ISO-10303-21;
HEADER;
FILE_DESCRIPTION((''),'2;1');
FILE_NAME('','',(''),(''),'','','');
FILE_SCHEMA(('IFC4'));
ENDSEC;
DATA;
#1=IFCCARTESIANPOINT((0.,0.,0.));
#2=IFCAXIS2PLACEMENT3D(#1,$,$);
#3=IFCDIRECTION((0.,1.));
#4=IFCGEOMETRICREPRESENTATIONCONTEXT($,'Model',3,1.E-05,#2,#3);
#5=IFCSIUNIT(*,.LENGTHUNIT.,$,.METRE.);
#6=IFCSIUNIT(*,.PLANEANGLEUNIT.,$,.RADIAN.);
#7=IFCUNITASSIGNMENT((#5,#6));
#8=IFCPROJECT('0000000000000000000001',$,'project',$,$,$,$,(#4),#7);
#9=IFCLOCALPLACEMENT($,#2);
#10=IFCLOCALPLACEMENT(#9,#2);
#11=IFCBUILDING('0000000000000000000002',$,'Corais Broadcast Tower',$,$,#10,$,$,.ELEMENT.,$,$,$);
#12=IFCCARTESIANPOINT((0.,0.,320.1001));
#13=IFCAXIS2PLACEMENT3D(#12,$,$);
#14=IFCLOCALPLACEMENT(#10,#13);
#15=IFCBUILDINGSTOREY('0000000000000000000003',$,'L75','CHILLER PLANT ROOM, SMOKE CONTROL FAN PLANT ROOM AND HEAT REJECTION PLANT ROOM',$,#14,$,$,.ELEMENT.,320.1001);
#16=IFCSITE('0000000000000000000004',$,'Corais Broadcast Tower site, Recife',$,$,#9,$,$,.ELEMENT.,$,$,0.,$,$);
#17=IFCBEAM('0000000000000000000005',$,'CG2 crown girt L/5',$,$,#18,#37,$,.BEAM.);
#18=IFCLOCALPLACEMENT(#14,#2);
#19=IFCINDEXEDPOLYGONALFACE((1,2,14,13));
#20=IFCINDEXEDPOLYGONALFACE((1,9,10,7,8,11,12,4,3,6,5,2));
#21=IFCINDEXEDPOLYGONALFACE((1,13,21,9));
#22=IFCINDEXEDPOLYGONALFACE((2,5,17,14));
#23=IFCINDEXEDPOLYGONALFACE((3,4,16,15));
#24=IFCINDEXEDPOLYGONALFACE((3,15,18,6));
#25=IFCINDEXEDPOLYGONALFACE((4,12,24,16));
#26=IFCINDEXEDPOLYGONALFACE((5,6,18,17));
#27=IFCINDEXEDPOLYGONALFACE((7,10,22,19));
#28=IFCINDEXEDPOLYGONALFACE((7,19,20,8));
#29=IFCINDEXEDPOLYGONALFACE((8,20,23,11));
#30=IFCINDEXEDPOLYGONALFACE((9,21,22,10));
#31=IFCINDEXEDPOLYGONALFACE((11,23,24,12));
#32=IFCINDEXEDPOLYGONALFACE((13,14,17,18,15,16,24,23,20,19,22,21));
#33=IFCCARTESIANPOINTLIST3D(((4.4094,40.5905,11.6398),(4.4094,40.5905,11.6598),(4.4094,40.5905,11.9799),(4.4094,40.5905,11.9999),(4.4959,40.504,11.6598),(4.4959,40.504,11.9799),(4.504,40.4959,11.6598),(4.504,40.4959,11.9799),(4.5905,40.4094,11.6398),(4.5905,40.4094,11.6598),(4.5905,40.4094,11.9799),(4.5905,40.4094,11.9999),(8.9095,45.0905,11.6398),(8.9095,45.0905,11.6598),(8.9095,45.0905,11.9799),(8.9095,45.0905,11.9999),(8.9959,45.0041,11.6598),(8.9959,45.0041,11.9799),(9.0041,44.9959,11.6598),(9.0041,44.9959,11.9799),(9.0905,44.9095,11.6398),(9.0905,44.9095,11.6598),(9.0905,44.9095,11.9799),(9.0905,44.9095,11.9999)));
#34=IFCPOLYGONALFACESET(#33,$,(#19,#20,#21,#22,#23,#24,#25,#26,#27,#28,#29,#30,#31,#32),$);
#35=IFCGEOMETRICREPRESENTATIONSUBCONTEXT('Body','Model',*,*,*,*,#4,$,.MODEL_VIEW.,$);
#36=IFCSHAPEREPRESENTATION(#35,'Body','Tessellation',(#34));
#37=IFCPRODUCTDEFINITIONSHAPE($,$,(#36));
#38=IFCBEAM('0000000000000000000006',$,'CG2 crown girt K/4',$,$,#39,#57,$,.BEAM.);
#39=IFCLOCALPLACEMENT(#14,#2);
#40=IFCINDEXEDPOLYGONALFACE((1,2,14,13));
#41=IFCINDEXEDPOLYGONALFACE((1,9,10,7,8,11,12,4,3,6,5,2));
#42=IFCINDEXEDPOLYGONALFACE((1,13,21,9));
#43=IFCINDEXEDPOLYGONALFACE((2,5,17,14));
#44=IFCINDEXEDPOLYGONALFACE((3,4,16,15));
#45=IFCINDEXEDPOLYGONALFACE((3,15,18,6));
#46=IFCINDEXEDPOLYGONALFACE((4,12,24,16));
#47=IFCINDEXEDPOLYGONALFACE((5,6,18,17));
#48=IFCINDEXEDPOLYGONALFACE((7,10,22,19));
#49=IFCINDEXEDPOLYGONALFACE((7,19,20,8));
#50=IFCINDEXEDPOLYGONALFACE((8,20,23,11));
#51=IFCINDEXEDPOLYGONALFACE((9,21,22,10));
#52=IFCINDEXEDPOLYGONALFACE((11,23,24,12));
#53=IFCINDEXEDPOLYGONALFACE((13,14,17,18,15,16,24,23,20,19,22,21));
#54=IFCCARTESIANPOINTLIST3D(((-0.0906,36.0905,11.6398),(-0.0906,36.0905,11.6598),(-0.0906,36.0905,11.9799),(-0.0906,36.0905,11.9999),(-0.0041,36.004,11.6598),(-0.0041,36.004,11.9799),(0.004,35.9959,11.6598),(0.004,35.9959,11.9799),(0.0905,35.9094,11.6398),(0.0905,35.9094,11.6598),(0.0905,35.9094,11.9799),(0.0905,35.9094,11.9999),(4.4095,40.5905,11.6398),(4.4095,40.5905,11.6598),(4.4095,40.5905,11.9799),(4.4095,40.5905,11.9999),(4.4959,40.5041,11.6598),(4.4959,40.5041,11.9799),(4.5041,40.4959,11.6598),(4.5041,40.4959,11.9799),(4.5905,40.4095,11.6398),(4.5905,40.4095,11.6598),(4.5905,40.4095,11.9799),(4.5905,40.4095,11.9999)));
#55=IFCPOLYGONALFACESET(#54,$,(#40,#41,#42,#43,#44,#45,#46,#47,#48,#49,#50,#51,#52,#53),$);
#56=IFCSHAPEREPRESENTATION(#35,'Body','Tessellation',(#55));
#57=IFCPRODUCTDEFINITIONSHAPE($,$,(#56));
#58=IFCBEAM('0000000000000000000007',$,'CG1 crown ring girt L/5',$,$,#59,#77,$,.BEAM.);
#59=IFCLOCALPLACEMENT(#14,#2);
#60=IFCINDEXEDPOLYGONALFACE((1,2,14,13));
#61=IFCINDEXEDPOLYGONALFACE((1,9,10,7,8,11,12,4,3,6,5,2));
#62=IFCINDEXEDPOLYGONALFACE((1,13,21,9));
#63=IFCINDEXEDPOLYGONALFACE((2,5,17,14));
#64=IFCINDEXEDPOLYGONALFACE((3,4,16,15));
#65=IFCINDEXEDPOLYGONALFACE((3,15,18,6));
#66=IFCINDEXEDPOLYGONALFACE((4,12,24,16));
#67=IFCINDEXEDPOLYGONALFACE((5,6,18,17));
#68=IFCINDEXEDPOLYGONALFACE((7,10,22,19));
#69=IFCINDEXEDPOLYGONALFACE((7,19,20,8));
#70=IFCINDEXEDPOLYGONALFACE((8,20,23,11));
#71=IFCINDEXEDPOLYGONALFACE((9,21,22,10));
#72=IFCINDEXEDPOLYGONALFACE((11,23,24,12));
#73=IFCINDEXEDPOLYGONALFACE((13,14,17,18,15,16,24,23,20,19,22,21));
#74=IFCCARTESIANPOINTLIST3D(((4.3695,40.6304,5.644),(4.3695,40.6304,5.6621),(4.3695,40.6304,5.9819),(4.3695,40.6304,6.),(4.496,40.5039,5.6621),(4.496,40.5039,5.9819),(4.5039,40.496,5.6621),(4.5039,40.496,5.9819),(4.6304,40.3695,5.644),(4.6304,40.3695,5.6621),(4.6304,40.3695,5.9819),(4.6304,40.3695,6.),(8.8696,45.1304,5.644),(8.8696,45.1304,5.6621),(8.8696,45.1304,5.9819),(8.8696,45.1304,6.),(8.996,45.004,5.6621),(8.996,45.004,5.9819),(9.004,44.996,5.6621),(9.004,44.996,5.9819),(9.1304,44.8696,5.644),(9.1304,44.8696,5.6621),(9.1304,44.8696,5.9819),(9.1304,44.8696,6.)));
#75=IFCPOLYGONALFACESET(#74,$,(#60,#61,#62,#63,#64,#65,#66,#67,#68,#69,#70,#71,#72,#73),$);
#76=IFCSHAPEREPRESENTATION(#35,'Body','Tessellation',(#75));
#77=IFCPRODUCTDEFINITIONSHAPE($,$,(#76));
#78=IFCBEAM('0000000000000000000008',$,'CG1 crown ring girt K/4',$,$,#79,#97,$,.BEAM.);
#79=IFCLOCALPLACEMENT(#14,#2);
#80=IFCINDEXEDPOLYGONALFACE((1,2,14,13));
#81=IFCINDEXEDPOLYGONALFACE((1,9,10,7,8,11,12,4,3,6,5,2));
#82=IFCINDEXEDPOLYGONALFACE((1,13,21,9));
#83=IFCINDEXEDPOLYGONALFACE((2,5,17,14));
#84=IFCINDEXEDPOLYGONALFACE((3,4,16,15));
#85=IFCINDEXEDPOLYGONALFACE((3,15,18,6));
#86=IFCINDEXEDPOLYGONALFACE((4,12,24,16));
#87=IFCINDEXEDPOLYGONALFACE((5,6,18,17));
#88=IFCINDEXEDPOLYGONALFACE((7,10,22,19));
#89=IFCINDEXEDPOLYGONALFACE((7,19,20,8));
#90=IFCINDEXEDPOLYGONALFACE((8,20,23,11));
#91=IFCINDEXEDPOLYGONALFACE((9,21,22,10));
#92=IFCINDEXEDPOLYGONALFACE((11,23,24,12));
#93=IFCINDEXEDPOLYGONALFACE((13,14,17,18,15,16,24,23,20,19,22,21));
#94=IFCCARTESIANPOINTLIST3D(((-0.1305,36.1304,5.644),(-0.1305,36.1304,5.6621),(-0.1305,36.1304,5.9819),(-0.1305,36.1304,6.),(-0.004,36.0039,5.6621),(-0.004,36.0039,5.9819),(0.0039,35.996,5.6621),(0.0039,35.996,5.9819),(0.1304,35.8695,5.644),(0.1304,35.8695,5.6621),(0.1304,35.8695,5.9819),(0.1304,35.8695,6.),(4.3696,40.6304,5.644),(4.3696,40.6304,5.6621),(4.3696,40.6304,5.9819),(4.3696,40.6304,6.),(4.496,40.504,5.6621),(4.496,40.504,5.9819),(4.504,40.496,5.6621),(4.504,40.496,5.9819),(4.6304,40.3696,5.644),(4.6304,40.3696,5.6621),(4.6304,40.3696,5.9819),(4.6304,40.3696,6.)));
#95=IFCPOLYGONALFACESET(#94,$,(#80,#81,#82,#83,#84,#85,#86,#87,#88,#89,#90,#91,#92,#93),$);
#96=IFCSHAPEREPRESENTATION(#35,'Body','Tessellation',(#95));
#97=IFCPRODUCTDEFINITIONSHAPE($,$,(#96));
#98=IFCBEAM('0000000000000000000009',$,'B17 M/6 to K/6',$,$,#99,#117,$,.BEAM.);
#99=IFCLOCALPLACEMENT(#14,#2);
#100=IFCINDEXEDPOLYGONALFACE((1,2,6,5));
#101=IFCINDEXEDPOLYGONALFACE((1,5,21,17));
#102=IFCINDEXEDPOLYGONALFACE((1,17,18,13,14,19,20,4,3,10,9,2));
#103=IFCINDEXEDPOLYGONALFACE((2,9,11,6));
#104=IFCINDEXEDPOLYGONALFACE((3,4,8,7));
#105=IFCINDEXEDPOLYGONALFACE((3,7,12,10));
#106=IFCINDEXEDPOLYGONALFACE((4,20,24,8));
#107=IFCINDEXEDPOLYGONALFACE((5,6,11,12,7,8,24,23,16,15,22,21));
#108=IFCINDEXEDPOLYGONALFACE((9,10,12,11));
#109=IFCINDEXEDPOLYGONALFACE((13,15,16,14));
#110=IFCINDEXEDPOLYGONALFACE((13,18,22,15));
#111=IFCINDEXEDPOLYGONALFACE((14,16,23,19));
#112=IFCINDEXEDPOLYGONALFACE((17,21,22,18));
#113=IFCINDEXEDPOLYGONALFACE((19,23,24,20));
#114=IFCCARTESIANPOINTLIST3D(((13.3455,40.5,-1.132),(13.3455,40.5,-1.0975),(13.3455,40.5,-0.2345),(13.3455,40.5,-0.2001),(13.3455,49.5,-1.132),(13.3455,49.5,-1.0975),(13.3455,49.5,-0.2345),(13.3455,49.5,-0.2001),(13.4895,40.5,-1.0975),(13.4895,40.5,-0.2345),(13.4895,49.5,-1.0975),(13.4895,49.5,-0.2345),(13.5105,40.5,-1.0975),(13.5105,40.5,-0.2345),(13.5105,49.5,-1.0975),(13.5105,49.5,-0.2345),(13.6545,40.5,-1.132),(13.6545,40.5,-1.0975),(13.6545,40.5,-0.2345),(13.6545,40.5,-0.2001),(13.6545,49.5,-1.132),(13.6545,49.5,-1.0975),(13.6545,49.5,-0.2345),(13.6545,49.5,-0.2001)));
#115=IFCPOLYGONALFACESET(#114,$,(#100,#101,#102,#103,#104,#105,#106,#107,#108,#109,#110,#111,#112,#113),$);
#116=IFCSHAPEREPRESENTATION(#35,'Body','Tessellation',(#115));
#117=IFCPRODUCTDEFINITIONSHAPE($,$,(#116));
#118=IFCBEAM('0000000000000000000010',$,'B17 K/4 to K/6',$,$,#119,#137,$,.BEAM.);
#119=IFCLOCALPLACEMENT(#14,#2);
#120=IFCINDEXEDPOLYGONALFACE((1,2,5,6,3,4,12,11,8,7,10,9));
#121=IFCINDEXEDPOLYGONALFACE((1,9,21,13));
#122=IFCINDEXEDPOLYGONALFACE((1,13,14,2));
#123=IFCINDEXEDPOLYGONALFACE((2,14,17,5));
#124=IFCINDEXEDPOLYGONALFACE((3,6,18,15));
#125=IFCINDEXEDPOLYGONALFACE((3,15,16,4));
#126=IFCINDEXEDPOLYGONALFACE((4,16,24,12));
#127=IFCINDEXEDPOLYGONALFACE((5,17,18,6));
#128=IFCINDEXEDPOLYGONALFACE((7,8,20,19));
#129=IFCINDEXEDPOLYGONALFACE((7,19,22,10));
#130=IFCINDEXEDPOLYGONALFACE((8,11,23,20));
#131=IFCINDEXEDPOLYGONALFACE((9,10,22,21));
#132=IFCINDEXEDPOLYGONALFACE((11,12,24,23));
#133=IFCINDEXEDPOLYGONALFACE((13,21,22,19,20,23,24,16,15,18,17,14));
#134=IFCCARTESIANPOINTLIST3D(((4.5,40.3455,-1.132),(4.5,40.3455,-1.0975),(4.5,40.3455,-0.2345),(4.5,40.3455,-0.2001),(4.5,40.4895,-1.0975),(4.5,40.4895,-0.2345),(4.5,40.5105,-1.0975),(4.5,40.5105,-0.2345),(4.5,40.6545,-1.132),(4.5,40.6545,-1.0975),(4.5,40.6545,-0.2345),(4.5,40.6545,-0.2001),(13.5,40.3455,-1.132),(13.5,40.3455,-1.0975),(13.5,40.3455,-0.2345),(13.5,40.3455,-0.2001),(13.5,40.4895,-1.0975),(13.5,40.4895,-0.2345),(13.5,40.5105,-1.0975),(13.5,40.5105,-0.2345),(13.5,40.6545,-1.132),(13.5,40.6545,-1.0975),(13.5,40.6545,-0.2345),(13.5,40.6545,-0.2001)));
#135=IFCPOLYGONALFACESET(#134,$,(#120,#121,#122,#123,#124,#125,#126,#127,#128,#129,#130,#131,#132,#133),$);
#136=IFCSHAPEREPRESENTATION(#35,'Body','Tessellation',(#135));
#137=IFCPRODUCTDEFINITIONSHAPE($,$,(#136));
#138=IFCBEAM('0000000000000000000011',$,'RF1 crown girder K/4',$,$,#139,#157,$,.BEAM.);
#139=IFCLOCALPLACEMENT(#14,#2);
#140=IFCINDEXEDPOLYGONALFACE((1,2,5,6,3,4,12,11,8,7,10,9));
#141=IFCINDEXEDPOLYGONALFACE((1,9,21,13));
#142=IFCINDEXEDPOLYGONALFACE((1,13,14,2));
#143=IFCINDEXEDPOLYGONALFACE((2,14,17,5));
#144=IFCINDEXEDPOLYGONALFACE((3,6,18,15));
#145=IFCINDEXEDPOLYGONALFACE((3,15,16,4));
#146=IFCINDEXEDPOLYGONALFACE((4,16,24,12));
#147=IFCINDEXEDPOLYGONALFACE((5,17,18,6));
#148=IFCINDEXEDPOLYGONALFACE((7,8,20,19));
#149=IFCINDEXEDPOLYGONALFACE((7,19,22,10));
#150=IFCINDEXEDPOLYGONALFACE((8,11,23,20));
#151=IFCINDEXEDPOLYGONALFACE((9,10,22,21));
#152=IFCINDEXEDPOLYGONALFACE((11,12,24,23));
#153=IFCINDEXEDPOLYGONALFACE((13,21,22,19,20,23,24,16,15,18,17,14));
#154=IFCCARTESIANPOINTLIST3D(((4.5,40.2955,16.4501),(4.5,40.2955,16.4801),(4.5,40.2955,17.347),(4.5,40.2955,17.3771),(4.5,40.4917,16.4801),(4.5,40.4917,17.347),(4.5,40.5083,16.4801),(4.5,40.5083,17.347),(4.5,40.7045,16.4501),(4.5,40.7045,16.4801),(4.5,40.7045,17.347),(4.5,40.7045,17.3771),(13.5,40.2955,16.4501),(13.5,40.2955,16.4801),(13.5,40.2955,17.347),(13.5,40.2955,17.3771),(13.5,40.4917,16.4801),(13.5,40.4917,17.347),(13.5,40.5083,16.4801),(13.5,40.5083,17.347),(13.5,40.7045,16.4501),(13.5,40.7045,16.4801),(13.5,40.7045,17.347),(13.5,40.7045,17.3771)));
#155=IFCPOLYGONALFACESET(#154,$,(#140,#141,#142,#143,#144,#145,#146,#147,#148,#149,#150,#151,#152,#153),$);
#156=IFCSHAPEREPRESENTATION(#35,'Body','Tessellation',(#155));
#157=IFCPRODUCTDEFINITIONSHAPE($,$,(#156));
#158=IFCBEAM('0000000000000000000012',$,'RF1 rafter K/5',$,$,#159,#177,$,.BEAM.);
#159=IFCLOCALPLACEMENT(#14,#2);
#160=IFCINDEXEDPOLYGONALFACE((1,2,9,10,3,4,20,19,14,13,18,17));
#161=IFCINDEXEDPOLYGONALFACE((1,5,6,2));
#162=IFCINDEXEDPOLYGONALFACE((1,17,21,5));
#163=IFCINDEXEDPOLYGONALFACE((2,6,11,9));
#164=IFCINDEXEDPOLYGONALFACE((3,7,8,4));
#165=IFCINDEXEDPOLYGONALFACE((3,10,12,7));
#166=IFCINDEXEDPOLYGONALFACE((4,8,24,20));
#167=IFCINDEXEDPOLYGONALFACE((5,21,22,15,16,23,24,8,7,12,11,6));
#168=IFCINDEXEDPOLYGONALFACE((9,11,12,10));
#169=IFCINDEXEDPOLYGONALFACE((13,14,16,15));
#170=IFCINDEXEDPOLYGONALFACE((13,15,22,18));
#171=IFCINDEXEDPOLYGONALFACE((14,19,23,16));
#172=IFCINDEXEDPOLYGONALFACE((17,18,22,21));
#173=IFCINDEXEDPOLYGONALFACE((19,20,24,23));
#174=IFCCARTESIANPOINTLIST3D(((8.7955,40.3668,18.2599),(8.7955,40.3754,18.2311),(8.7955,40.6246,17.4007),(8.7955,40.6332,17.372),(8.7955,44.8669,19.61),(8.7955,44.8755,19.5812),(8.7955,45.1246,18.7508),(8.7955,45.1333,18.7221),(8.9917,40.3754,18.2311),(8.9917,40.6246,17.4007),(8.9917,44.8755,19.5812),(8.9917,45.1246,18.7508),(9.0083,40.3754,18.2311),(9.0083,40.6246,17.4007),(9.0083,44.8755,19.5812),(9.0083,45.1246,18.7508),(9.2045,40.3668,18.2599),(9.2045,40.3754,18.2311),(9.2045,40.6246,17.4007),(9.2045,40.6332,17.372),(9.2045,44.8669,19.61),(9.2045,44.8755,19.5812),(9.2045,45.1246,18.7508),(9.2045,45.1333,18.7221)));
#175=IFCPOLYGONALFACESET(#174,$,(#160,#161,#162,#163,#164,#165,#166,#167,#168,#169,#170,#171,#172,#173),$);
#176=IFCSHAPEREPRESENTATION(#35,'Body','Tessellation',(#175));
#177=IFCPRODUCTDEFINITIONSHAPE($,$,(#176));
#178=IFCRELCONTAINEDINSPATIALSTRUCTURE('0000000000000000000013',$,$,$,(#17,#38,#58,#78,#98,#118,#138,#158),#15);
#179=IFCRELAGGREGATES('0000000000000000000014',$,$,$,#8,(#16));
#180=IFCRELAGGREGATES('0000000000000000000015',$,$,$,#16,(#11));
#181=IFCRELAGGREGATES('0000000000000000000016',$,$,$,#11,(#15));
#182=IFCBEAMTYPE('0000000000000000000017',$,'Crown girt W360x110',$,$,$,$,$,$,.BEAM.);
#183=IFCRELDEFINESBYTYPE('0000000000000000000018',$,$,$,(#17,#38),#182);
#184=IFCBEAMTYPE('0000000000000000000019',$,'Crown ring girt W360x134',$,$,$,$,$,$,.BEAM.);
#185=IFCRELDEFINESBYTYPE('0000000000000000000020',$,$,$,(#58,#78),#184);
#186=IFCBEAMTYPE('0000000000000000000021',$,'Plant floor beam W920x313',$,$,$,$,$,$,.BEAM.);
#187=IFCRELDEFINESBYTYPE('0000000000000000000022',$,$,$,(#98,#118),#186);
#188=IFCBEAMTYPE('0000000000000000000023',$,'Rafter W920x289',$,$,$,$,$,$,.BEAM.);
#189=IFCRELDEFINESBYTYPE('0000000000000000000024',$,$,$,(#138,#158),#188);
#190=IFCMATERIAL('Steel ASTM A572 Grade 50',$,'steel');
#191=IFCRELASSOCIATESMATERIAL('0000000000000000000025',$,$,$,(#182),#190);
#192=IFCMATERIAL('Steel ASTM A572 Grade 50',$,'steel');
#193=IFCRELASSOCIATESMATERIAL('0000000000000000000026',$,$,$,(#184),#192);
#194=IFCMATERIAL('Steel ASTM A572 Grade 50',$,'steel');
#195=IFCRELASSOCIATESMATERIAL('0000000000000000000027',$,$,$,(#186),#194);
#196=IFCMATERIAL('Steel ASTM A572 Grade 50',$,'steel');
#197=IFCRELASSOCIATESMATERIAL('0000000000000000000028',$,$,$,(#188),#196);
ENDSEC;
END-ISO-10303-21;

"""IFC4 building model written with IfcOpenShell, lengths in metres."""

from ifc_helpers import new_model, si_unit, direction, frame, origin, origin_2d, place, context, subcontext, project, spatial, i_section, extrude, material, material_profile, profile_set, type_object, element, save


model = new_model("IFC4")

# Units and contexts
model_context = context("Model", 3, precision=1e-05, world=origin(), true_north=direction((0.0, 1.0)))
body_context = subcontext(model_context, "Body", "Model", "MODEL_VIEW")
ifc_project = project(units=[si_unit("LENGTHUNIT", "METRE"), si_unit("PLANEANGLEUNIT", "RADIAN")], contexts=[model_context])

# Site, building, storey
site_placement = place(None, origin())
site = spatial("IfcSite", under=ifc_project, at=site_placement, Name="Corais Broadcast Tower site, Recife", CompositionType="ELEMENT", RefElevation=0.0)
building_placement = place(site_placement, origin())
building = spatial("IfcBuilding", under=site, at=building_placement, Name="Corais Broadcast Tower", CompositionType="ELEMENT")
storey_placement = place(building_placement, frame((0.0, 0.0, 320.1001)))
storey = spatial("IfcBuildingStorey", under=building, at=storey_placement, Name="L75", Description="CHILLER PLANT ROOM, SMOKE CONTROL FAN PLANT ROOM AND HEAT REJECTION PLANT ROOM", CompositionType="ELEMENT", Elevation=320.1001)

# Beams
ifc_material_1 = material(Name="Steel ASTM A572 Grade 50", Category="steel")
ifc_material_profile_1 = material_profile(ifc_material_1, i_section(OverallWidth=0.2561, OverallDepth=0.3601, WebThickness=0.0115, FlangeThickness=0.02, at=origin_2d()), Name="W360x110")
ifc_profile_set_1 = profile_set([ifc_material_profile_1], Name="Steel ASTM A572 Grade 50")
beam_type_1 = type_object("IfcBeamType", Name="Crown girt W360x110", PredefinedType="BEAM", material=ifc_profile_set_1)
for number, where, z_axis, x_axis, name in (
    (1, (9.0, 45.0, 11.8198), (-0.707107, -0.707107, 0.0), (0.707107, -0.707107, 0.0), "CG2 crown girt L/5"),
    (2, (4.5, 40.5, 11.8198), (-0.707107, -0.707107, 0.0), (0.707107, -0.707107, 0.0), "CG2 crown girt K/4"),
):
    element("IfcBeam", number, at=place(storey_placement, frame(where, z_axis=z_axis, x_axis=x_axis)), inside=storey, type_object=beam_type_1, Name=name, PredefinedType="BEAM", context=body_context, shape_type="SweptSolid", body=[
        extrude(i_section(OverallWidth=0.2561, OverallDepth=0.3601, WebThickness=0.0115, FlangeThickness=0.02, at=origin_2d()), origin(), (0.0, 0.0, 1.0), 6.364),
    ])
ifc_material_2 = material(Name="Steel ASTM A572 Grade 50", Category="steel")
ifc_material_profile_2 = material_profile(ifc_material_2, i_section(OverallWidth=0.3689, OverallDepth=0.356, WebThickness=0.0112, FlangeThickness=0.0181, at=origin_2d()), Name="W360x134")
ifc_profile_set_2 = profile_set([ifc_material_profile_2], Name="Steel ASTM A572 Grade 50")
beam_type_2 = type_object("IfcBeamType", Name="Crown ring girt W360x134", PredefinedType="BEAM", material=ifc_profile_set_2)
for number, where, z_axis, x_axis, name in (
    (3, (9.0, 45.0, 5.822), (-0.707107, -0.707107, 0.0), (0.707107, -0.707107, 0.0), "CG1 crown ring girt L/5"),
    (4, (4.5, 40.5, 5.822), (-0.707107, -0.707107, 0.0), (0.707107, -0.707107, 0.0), "CG1 crown ring girt K/4"),
):
    element("IfcBeam", number, at=place(storey_placement, frame(where, z_axis=z_axis, x_axis=x_axis)), inside=storey, type_object=beam_type_2, Name=name, PredefinedType="BEAM", context=body_context, shape_type="SweptSolid", body=[
        extrude(i_section(OverallWidth=0.3689, OverallDepth=0.356, WebThickness=0.0112, FlangeThickness=0.0181, at=origin_2d()), origin(), (0.0, 0.0, 1.0), 6.364),
    ])
ifc_material_3 = material(Name="Steel ASTM A572 Grade 50", Category="steel")
ifc_material_profile_3 = material_profile(ifc_material_3, i_section(OverallWidth=0.3091, OverallDepth=0.9319, WebThickness=0.021, FlangeThickness=0.0344, at=origin_2d()), Name="W920x313")
ifc_profile_set_3 = profile_set([ifc_material_profile_3], Name="Steel ASTM A572 Grade 50")
beam_type_3 = type_object("IfcBeamType", Name="Plant floor beam W920x313", PredefinedType="BEAM", material=ifc_profile_set_3)
for number, where, z_axis, x_axis, name in (
    (5, (13.5, 49.5, -0.666), (0.0, -1.0, 0.0), (1.0, 0.0, 0.0), "B17 M/6 to K/6"),
    (6, (4.5, 40.5, -0.666), (1.0, 0.0, 0.0), (0.0, 1.0, 0.0), "B17 K/4 to K/6"),
):
    element("IfcBeam", number, at=place(storey_placement, frame(where, z_axis=z_axis, x_axis=x_axis)), inside=storey, type_object=beam_type_3, Name=name, PredefinedType="BEAM", context=body_context, shape_type="SweptSolid", body=[
        extrude(i_section(OverallWidth=0.3091, OverallDepth=0.9319, WebThickness=0.021, FlangeThickness=0.0344, at=origin_2d()), origin(), (0.0, 0.0, 1.0), 9.0),
    ])
ifc_material_4 = material(Name="Steel ASTM A572 Grade 50", Category="steel")
ifc_material_profile_4 = material_profile(ifc_material_4, i_section(OverallWidth=0.4089, OverallDepth=0.927, WebThickness=0.0166, FlangeThickness=0.03, at=origin_2d()), Name="W920x289")
ifc_profile_set_4 = profile_set([ifc_material_profile_4], Name="Steel ASTM A572 Grade 50")
beam_type_4 = type_object("IfcBeamType", Name="Rafter W920x289", PredefinedType="BEAM", material=ifc_profile_set_4)
beam_1_placement = place(storey_placement, frame((4.5, 40.5, 16.9136), z_axis=(1.0, 0.0, 0.0), x_axis=(0.0, 1.0, 0.0)))
element("IfcBeam", 7, at=beam_1_placement, inside=storey, type_object=beam_type_4, Name="RF1 crown girder K/4", PredefinedType="BEAM", context=body_context, shape_type="SweptSolid", body=[
    extrude(i_section(OverallWidth=0.4089, OverallDepth=0.927, WebThickness=0.0166, FlangeThickness=0.03, at=origin_2d()), origin(), (0.0, 0.0, 1.0), 9.0),
])
beam_2_placement = place(storey_placement, frame((9.0, 40.5, 17.8159), z_axis=(0.0, 0.957821, 0.287367), x_axis=(-1.0, 0.0, 0.0)))
element("IfcBeam", 8, at=beam_2_placement, inside=storey, type_object=beam_type_4, Name="RF1 rafter K/5", PredefinedType="BEAM", context=body_context, shape_type="SweptSolid", body=[
    extrude(i_section(OverallWidth=0.4089, OverallDepth=0.927, WebThickness=0.0166, FlangeThickness=0.03, at=origin_2d()), origin(), (0.0, 0.0, 1.0), 4.6982),
])

save(model, "model.ifc")
